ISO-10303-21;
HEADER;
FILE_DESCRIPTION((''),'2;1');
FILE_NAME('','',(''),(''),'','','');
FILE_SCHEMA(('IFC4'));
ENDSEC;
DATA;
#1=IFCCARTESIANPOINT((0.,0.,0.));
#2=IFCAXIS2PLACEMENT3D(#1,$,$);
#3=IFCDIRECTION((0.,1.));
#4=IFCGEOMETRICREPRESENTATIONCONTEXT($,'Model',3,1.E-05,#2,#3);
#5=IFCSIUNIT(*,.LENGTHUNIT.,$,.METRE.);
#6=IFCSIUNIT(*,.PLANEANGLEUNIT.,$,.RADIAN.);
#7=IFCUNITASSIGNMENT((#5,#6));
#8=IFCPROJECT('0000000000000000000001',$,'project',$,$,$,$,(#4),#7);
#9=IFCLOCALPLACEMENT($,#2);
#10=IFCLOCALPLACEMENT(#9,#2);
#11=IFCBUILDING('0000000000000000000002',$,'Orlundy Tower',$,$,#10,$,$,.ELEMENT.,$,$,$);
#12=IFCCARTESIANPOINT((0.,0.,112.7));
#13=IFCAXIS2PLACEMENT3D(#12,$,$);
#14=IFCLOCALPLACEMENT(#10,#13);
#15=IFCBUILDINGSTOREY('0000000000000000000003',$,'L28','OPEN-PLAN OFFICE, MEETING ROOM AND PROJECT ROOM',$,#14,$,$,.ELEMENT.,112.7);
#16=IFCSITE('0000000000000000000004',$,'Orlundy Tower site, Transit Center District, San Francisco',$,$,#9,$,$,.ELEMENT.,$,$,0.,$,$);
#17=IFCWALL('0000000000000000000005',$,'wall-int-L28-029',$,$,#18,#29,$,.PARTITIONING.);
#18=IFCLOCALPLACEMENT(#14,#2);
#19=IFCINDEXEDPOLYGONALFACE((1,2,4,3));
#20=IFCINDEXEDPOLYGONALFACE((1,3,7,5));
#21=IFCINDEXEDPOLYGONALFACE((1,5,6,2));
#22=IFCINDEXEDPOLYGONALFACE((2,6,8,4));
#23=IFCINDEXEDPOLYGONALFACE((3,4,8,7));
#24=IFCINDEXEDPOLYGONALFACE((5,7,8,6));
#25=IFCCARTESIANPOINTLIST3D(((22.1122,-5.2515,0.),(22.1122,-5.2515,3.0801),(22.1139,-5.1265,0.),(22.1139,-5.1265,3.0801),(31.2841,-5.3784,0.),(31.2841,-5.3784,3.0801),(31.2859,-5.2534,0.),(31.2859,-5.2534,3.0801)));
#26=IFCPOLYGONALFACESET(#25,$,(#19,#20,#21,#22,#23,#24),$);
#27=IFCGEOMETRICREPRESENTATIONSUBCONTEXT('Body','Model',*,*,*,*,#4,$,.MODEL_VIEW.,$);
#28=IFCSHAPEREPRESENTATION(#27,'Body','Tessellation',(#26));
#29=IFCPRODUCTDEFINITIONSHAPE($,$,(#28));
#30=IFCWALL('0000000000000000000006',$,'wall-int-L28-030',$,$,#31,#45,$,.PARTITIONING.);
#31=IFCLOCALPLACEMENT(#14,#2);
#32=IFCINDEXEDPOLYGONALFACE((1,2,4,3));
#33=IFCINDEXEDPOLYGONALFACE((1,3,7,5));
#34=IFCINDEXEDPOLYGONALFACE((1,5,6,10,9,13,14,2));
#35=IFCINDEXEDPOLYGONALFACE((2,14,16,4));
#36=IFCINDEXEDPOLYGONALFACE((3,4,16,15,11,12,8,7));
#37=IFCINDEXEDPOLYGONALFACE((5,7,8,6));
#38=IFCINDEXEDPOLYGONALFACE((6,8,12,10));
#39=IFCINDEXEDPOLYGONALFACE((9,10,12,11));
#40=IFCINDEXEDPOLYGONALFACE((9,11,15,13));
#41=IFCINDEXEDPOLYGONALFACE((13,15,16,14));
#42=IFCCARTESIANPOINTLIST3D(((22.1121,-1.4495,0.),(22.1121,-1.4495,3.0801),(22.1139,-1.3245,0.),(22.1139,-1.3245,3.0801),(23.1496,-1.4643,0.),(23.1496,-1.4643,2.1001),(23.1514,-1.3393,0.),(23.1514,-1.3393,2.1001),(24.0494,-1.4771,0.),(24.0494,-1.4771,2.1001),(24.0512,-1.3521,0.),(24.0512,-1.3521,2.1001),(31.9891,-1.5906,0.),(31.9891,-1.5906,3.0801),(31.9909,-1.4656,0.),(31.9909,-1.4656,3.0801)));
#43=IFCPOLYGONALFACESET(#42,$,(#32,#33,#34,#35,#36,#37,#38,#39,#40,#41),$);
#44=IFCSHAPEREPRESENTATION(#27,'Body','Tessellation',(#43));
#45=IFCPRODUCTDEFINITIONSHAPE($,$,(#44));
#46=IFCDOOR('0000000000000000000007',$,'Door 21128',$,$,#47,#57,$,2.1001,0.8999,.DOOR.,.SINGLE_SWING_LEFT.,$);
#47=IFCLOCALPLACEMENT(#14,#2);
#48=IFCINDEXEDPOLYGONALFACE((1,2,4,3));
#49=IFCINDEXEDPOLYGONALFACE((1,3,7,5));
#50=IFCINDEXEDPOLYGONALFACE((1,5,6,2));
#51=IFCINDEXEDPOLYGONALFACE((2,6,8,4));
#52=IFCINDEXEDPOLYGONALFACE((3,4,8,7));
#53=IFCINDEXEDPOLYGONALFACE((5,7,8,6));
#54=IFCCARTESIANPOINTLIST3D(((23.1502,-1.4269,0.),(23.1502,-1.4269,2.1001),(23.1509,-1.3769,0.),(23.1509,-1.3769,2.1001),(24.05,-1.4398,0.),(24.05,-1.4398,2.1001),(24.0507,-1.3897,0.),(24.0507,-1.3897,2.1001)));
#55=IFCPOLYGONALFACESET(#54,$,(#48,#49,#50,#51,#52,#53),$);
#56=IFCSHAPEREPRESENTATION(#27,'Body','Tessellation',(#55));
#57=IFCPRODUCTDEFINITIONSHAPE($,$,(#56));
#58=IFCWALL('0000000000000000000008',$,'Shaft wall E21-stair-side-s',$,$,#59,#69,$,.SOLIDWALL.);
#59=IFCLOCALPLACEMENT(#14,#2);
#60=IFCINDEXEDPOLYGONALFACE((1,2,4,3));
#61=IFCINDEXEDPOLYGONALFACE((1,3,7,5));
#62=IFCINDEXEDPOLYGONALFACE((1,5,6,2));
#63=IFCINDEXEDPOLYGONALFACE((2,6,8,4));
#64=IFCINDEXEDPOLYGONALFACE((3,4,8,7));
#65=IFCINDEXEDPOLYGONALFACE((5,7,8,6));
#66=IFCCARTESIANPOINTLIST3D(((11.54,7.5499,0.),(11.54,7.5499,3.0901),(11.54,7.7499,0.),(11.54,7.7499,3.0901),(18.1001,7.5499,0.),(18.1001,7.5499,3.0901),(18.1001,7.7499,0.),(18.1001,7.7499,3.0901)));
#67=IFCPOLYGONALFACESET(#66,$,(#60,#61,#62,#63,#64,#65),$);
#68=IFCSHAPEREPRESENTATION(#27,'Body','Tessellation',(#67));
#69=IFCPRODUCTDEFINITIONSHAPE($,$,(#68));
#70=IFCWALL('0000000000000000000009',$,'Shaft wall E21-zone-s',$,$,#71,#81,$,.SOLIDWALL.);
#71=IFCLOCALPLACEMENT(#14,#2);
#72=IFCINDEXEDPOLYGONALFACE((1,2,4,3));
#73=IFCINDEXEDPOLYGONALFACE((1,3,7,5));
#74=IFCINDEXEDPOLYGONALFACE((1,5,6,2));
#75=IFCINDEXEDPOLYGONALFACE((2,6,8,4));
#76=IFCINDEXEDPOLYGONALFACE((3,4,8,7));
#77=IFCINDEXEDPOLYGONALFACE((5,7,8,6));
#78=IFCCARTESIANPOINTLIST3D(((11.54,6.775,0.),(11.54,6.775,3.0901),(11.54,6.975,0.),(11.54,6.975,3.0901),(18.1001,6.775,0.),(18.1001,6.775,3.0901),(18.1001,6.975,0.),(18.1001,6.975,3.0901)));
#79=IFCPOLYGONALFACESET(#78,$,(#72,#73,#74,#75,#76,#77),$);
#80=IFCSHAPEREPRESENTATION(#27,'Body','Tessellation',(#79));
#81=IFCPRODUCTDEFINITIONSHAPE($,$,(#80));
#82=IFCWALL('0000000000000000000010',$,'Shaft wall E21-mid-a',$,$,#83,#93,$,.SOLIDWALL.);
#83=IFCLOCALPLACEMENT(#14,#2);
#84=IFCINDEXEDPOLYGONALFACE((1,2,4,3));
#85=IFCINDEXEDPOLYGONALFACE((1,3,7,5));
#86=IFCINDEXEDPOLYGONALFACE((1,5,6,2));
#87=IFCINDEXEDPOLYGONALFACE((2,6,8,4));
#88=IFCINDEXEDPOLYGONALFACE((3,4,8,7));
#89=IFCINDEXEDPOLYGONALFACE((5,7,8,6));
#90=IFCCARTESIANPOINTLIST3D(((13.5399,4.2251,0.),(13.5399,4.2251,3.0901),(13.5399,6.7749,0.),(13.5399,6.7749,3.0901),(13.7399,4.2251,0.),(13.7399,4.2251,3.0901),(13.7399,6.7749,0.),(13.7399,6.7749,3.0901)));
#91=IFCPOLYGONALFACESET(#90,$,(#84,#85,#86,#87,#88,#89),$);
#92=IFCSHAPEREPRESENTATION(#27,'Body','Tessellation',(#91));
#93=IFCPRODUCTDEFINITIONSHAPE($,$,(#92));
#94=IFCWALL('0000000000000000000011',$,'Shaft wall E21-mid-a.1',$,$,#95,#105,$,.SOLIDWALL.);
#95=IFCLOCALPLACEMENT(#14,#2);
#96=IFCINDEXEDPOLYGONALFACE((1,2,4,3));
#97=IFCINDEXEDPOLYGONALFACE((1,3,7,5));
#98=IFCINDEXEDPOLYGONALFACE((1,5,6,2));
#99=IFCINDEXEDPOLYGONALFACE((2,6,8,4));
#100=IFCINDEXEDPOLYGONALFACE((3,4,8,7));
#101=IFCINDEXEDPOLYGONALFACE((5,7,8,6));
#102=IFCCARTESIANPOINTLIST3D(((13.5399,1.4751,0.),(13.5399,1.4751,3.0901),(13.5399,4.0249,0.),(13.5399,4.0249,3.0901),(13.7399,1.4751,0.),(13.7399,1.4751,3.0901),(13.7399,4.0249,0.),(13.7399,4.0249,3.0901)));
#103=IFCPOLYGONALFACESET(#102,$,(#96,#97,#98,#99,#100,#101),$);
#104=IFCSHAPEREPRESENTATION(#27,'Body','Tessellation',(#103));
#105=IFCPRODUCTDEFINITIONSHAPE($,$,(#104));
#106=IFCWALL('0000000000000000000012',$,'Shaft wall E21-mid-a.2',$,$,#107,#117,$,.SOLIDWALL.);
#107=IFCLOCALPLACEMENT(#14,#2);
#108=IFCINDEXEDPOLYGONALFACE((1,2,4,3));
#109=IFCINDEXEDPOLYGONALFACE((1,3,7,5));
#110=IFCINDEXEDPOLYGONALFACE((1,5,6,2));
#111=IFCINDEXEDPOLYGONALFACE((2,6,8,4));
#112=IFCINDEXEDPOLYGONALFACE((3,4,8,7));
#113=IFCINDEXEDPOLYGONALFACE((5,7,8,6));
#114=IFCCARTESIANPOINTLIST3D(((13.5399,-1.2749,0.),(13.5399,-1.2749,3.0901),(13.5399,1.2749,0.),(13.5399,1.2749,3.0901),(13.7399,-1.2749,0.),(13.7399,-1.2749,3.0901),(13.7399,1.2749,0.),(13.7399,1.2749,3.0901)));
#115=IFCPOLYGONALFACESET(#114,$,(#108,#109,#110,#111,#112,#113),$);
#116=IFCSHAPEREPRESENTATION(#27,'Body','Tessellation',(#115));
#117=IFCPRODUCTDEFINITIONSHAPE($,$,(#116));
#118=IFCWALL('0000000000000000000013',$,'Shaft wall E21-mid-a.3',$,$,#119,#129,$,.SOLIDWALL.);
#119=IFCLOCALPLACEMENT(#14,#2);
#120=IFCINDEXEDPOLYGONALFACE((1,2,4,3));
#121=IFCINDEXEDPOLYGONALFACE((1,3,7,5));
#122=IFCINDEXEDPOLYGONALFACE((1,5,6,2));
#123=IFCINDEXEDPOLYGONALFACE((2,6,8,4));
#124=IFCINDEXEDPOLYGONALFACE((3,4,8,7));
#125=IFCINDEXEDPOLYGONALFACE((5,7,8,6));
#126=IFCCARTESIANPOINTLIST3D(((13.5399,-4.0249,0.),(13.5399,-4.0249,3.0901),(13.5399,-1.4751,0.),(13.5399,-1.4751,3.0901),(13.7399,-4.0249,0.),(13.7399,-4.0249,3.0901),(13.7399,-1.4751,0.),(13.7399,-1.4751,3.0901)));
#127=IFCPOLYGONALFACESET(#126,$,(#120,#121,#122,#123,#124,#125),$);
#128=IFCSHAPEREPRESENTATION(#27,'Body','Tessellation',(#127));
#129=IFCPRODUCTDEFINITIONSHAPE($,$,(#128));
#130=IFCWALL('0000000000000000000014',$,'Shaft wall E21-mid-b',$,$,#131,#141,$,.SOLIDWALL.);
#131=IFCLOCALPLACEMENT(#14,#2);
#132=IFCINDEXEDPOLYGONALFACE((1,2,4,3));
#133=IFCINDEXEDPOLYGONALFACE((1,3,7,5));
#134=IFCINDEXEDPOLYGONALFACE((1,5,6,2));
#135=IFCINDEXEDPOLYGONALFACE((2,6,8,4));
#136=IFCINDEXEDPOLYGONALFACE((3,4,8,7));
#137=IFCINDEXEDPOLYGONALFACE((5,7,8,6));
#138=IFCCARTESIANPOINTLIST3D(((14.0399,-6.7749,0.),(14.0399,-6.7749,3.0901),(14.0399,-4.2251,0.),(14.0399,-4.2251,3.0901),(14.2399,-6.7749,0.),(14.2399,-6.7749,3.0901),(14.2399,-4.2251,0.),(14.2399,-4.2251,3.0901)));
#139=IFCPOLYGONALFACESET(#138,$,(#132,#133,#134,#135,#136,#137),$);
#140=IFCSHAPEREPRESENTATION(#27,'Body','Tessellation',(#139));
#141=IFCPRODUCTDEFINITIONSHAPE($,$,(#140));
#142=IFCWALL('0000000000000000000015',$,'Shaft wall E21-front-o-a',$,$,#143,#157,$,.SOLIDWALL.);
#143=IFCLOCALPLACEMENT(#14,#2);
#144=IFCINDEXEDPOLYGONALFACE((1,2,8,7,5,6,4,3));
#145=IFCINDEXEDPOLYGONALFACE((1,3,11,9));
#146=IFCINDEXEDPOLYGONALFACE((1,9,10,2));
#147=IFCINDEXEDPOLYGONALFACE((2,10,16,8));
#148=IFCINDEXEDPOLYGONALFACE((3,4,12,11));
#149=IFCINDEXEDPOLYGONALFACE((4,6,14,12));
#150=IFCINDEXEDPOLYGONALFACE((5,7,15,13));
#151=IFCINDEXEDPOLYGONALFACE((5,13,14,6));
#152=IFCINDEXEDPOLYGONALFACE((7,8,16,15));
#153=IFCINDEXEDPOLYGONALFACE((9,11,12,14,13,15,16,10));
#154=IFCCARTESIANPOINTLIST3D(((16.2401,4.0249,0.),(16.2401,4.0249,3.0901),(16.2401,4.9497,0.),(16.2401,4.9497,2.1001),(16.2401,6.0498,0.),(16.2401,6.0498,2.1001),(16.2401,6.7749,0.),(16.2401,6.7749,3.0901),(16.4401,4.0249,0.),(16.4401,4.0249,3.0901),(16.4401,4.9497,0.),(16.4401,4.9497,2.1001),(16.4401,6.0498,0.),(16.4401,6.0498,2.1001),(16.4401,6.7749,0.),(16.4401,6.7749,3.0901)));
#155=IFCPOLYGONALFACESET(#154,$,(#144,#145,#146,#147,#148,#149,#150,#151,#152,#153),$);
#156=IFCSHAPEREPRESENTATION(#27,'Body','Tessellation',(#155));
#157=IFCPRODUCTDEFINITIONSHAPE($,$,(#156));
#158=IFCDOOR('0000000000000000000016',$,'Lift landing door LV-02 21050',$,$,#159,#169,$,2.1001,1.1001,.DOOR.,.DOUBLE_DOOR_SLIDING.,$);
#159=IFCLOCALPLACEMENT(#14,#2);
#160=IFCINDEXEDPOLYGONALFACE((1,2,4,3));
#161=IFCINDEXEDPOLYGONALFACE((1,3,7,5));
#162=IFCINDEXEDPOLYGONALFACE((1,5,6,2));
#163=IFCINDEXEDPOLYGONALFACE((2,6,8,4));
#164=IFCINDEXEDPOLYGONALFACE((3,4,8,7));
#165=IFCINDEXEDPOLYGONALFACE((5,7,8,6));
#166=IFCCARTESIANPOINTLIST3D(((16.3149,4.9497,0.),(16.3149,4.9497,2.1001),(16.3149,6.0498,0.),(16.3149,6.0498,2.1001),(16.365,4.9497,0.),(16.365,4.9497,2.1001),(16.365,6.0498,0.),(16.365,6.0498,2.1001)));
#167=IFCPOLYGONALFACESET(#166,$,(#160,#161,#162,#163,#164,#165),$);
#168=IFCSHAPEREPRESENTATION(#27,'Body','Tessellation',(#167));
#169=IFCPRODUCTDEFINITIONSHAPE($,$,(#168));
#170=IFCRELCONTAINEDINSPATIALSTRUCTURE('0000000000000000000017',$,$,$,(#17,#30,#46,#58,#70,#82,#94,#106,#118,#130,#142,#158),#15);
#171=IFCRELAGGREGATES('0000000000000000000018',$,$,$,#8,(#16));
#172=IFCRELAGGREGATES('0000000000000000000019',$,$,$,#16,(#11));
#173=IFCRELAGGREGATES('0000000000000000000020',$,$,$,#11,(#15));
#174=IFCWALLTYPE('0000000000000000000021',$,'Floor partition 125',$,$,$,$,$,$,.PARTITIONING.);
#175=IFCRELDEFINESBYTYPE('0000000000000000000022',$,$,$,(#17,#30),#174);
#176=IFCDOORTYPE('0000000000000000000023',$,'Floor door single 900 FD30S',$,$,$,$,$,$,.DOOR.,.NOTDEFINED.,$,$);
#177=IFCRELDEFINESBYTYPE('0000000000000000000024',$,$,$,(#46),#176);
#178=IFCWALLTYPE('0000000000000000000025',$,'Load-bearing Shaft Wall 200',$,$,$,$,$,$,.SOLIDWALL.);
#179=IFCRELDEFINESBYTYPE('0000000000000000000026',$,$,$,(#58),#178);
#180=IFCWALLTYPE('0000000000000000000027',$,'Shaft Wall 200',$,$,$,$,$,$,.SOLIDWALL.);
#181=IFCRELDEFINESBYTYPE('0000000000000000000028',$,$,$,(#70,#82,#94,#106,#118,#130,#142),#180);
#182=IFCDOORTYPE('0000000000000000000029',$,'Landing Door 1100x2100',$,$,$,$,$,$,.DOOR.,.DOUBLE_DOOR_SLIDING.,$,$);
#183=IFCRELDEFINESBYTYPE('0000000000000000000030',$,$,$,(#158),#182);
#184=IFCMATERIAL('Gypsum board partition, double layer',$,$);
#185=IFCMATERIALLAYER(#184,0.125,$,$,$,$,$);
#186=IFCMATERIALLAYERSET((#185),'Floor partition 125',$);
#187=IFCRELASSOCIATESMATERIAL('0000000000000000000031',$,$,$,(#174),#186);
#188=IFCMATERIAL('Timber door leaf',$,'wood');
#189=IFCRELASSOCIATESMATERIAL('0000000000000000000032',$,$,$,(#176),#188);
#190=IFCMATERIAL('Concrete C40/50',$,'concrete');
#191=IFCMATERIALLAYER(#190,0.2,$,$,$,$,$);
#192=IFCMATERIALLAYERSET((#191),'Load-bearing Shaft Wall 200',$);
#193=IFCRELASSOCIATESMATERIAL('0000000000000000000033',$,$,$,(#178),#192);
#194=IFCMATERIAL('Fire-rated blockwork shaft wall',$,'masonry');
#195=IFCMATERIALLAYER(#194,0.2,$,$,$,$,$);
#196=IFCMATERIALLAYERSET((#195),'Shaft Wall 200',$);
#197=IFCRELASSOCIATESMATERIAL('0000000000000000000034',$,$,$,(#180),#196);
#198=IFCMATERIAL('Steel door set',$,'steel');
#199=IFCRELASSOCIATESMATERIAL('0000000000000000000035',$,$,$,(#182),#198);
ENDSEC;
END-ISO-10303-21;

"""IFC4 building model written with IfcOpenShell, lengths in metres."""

from ifc_helpers import new_model, si_unit, direction, frame, frame_2d, origin, place, context, subcontext, project, spatial, rectangle, extrude, material, layer, layer_set, type_object, element, fill, save


model = new_model("IFC4")

# Units and contexts
model_context = context("Model", 3, precision=1e-05, world=origin(), true_north=direction((0.0, 1.0)))
body_context = subcontext(model_context, "Body", "Model", "MODEL_VIEW")
ifc_project = project(units=[si_unit("LENGTHUNIT", "METRE"), si_unit("PLANEANGLEUNIT", "RADIAN")], contexts=[model_context])

# Site, building, storey
site_placement = place(None, origin())
site = spatial("IfcSite", under=ifc_project, at=site_placement, Name="Orlundy Tower site, Transit Center District, San Francisco", CompositionType="ELEMENT", RefElevation=0.0)
building_placement = place(site_placement, origin())
building = spatial("IfcBuilding", under=site, at=building_placement, Name="Orlundy Tower", CompositionType="ELEMENT")
storey_placement = place(building_placement, frame((0.0, 0.0, 112.7)))
storey = spatial("IfcBuildingStorey", under=building, at=storey_placement, Name="L28", Description="OPEN-PLAN OFFICE, MEETING ROOM AND PROJECT ROOM", CompositionType="ELEMENT", Elevation=112.7)

# Wall
ifc_material_1 = material(Name="Gypsum board partition, double layer")
ifc_layer_1 = layer(ifc_material_1, 0.125)
ifc_layer_set_1 = layer_set([ifc_layer_1], Name="Floor partition 125")
wall_type_1 = type_object("IfcWallType", Name="Floor partition 125", PredefinedType="PARTITIONING", material=ifc_layer_set_1)
wall_1_placement = place(storey_placement, frame((22.113, -5.189, 0.0), z_axis=(0.0, 0.0, 1.0), x_axis=(0.999904, -0.01384, 0.0)))
element("IfcWall", 1, at=wall_1_placement, inside=storey, type_object=wall_type_1, Name="wall-int-L28-029", PredefinedType="PARTITIONING", context=body_context, shape_type="SweptSolid", body=[
    extrude(rectangle(XDim=9.1729, YDim=0.125, at=frame_2d((4.5864, 0.0))), origin(), (0.0, 0.0, 1.0), 3.0801),
])

# Wall, opening, door
wall_2_placement = place(storey_placement, frame((22.113, -1.387, 0.0), z_axis=(0.0, 0.0, 1.0), x_axis=(0.999898, -0.014286, 0.0)))
wall_2 = element("IfcWall", 2, at=wall_2_placement, inside=storey, type_object=wall_type_1, Name="wall-int-L28-030", PredefinedType="PARTITIONING", context=body_context, shape_type="SweptSolid", body=[
    extrude(rectangle(XDim=9.8779, YDim=0.125, at=frame_2d((4.939, 0.0))), origin(), (0.0, 0.0, 1.0), 3.0801),
])
opening_1_placement = place(wall_2_placement, frame((1.0376, 0.0, 0.0)))
opening_1 = element("IfcOpeningElement", 3, at=opening_1_placement, cuts=wall_2, PredefinedType="OPENING", context=body_context, shape_type="SweptSolid", body=[
    extrude(rectangle(XDim=0.8999, YDim=2.1001, at=frame_2d((0.45, 1.05))), frame((0.0, 0.0725, 0.0), z_axis=(0.0, -1.0, 0.0), x_axis=(1.0, 0.0, 0.0)), (0.0, 0.0, 1.0), 0.145),
])
ifc_material_2 = material(Name="Timber door leaf", Category="wood")
door_type_1 = type_object("IfcDoorType", Name="Floor door single 900 FD30S", OperationType="NOTDEFINED", PredefinedType="DOOR", material=ifc_material_2)
door_1_placement = place(opening_1_placement, origin())
door_1 = element("IfcDoor", 4, at=door_1_placement, inside=storey, type_object=door_type_1, Name="Door 21128", OperationType="SINGLE_SWING_LEFT", OverallHeight=2.1001, OverallWidth=0.8999, PredefinedType="DOOR", context=body_context, shape_type="SweptSolid", body=[
    extrude(rectangle(XDim=0.8999, YDim=2.1001, at=frame_2d((0.45, 1.05))), frame((0.0, 0.0249, 0.0), z_axis=(0.0, -1.0, 0.0), x_axis=(1.0, 0.0, 0.0)), (0.0, 0.0, 1.0), 0.05),
])
fill(opening_1, door_1)

# Walls
ifc_material_3 = material(Name="Concrete C40/50", Category="concrete")
ifc_layer_2 = layer(ifc_material_3, 0.2)
ifc_layer_set_2 = layer_set([ifc_layer_2], Name="Load-bearing Shaft Wall 200")
wall_type_2 = type_object("IfcWallType", Name="Load-bearing Shaft Wall 200", PredefinedType="SOLIDWALL", material=ifc_layer_set_2)
wall_3_placement = place(storey_placement, frame((11.54, 7.6499, 0.0), z_axis=(0.0, 0.0, 1.0), x_axis=(1.0, 0.0, 0.0)))
element("IfcWall", 5, at=wall_3_placement, inside=storey, type_object=wall_type_2, Name="Shaft wall E21-stair-side-s", PredefinedType="SOLIDWALL", context=body_context, shape_type="SweptSolid", body=[
    extrude(rectangle(XDim=6.5601, YDim=0.2, at=frame_2d((3.28, 0.0))), origin(), (0.0, 0.0, 1.0), 3.0901),
])
ifc_material_4 = material(Name="Fire-rated blockwork shaft wall", Category="masonry")
ifc_layer_3 = layer(ifc_material_4, 0.2)
ifc_layer_set_3 = layer_set([ifc_layer_3], Name="Shaft Wall 200")
wall_type_3 = type_object("IfcWallType", Name="Shaft Wall 200", PredefinedType="SOLIDWALL", material=ifc_layer_set_3)
wall_4_placement = place(storey_placement, frame((11.54, 6.875, 0.0), z_axis=(0.0, 0.0, 1.0), x_axis=(1.0, 0.0, 0.0)))
element("IfcWall", 6, at=wall_4_placement, inside=storey, type_object=wall_type_3, Name="Shaft wall E21-zone-s", PredefinedType="SOLIDWALL", context=body_context, shape_type="SweptSolid", body=[
    extrude(rectangle(XDim=6.5601, YDim=0.2, at=frame_2d((3.28, 0.0))), origin(), (0.0, 0.0, 1.0), 3.0901),
])
for number, where, z_axis, x_axis, name in (
    (7, (13.6399, 6.7749, 0.0), (0.0, 0.0, 1.0), (0.0, -1.0, 0.0), "Shaft wall E21-mid-a"),
    (8, (13.6399, 4.0249, 0.0), (0.0, 0.0, 1.0), (0.0, -1.0, 0.0), "Shaft wall E21-mid-a.1"),
    (9, (13.6399, 1.2749, 0.0), (0.0, 0.0, 1.0), (0.0, -1.0, 0.0), "Shaft wall E21-mid-a.2"),
    (10, (13.6399, -1.4751, 0.0), (0.0, 0.0, 1.0), (0.0, -1.0, 0.0), "Shaft wall E21-mid-a.3"),
    (11, (14.1399, -4.2251, 0.0), (0.0, 0.0, 1.0), (0.0, -1.0, 0.0), "Shaft wall E21-mid-b"),
):
    element("IfcWall", number, at=place(storey_placement, frame(where, z_axis=z_axis, x_axis=x_axis)), inside=storey, type_object=wall_type_3, Name=name, PredefinedType="SOLIDWALL", context=body_context, shape_type="SweptSolid", body=[
        extrude(rectangle(XDim=2.5498, YDim=0.2, at=frame_2d((1.2749, 0.0))), origin(), (0.0, 0.0, 1.0), 3.0901),
    ])

# Wall, opening, door
wall_5_placement = place(storey_placement, frame((16.3401, 6.7749, 0.0), z_axis=(0.0, 0.0, 1.0), x_axis=(0.0, -1.0, 0.0)))
wall_5 = element("IfcWall", 12, at=wall_5_placement, inside=storey, type_object=wall_type_3, Name="Shaft wall E21-front-o-a", PredefinedType="SOLIDWALL", context=body_context, shape_type="SweptSolid", body=[
    extrude(rectangle(XDim=2.75, YDim=0.2, at=frame_2d((1.375, 0.0))), origin(), (0.0, 0.0, 1.0), 3.0901),
])
opening_2_placement = place(wall_5_placement, frame((0.7251, 0.0, 0.0)))
opening_2 = element("IfcOpeningElement", 13, at=opening_2_placement, cuts=wall_5, PredefinedType="OPENING", context=body_context, shape_type="SweptSolid", body=[
    extrude(rectangle(XDim=1.1001, YDim=2.1001, at=frame_2d((0.55, 1.05))), frame((0.0, 0.1101, 0.0), z_axis=(0.0, -1.0, 0.0), x_axis=(1.0, 0.0, 0.0)), (0.0, 0.0, 1.0), 0.2202),
])
ifc_material_5 = material(Name="Steel door set", Category="steel")
door_type_2 = type_object("IfcDoorType", Name="Landing Door 1100x2100", OperationType="DOUBLE_DOOR_SLIDING", PredefinedType="DOOR", material=ifc_material_5)
door_2_placement = place(opening_2_placement, origin())
door_2 = element("IfcDoor", 14, at=door_2_placement, inside=storey, type_object=door_type_2, Name="Lift landing door LV-02 21050", OperationType="DOUBLE_DOOR_SLIDING", OverallHeight=2.1001, OverallWidth=1.1001, PredefinedType="DOOR", context=body_context, shape_type="SweptSolid", body=[
    extrude(rectangle(XDim=1.1001, YDim=2.1001, at=frame_2d((0.55, 1.05))), frame((0.0, 0.0249, 0.0), z_axis=(0.0, -1.0, 0.0), x_axis=(1.0, 0.0, 0.0)), (0.0, 0.0, 1.0), 0.05),
])
fill(opening_2, door_2)

save(model, "model.ifc")
